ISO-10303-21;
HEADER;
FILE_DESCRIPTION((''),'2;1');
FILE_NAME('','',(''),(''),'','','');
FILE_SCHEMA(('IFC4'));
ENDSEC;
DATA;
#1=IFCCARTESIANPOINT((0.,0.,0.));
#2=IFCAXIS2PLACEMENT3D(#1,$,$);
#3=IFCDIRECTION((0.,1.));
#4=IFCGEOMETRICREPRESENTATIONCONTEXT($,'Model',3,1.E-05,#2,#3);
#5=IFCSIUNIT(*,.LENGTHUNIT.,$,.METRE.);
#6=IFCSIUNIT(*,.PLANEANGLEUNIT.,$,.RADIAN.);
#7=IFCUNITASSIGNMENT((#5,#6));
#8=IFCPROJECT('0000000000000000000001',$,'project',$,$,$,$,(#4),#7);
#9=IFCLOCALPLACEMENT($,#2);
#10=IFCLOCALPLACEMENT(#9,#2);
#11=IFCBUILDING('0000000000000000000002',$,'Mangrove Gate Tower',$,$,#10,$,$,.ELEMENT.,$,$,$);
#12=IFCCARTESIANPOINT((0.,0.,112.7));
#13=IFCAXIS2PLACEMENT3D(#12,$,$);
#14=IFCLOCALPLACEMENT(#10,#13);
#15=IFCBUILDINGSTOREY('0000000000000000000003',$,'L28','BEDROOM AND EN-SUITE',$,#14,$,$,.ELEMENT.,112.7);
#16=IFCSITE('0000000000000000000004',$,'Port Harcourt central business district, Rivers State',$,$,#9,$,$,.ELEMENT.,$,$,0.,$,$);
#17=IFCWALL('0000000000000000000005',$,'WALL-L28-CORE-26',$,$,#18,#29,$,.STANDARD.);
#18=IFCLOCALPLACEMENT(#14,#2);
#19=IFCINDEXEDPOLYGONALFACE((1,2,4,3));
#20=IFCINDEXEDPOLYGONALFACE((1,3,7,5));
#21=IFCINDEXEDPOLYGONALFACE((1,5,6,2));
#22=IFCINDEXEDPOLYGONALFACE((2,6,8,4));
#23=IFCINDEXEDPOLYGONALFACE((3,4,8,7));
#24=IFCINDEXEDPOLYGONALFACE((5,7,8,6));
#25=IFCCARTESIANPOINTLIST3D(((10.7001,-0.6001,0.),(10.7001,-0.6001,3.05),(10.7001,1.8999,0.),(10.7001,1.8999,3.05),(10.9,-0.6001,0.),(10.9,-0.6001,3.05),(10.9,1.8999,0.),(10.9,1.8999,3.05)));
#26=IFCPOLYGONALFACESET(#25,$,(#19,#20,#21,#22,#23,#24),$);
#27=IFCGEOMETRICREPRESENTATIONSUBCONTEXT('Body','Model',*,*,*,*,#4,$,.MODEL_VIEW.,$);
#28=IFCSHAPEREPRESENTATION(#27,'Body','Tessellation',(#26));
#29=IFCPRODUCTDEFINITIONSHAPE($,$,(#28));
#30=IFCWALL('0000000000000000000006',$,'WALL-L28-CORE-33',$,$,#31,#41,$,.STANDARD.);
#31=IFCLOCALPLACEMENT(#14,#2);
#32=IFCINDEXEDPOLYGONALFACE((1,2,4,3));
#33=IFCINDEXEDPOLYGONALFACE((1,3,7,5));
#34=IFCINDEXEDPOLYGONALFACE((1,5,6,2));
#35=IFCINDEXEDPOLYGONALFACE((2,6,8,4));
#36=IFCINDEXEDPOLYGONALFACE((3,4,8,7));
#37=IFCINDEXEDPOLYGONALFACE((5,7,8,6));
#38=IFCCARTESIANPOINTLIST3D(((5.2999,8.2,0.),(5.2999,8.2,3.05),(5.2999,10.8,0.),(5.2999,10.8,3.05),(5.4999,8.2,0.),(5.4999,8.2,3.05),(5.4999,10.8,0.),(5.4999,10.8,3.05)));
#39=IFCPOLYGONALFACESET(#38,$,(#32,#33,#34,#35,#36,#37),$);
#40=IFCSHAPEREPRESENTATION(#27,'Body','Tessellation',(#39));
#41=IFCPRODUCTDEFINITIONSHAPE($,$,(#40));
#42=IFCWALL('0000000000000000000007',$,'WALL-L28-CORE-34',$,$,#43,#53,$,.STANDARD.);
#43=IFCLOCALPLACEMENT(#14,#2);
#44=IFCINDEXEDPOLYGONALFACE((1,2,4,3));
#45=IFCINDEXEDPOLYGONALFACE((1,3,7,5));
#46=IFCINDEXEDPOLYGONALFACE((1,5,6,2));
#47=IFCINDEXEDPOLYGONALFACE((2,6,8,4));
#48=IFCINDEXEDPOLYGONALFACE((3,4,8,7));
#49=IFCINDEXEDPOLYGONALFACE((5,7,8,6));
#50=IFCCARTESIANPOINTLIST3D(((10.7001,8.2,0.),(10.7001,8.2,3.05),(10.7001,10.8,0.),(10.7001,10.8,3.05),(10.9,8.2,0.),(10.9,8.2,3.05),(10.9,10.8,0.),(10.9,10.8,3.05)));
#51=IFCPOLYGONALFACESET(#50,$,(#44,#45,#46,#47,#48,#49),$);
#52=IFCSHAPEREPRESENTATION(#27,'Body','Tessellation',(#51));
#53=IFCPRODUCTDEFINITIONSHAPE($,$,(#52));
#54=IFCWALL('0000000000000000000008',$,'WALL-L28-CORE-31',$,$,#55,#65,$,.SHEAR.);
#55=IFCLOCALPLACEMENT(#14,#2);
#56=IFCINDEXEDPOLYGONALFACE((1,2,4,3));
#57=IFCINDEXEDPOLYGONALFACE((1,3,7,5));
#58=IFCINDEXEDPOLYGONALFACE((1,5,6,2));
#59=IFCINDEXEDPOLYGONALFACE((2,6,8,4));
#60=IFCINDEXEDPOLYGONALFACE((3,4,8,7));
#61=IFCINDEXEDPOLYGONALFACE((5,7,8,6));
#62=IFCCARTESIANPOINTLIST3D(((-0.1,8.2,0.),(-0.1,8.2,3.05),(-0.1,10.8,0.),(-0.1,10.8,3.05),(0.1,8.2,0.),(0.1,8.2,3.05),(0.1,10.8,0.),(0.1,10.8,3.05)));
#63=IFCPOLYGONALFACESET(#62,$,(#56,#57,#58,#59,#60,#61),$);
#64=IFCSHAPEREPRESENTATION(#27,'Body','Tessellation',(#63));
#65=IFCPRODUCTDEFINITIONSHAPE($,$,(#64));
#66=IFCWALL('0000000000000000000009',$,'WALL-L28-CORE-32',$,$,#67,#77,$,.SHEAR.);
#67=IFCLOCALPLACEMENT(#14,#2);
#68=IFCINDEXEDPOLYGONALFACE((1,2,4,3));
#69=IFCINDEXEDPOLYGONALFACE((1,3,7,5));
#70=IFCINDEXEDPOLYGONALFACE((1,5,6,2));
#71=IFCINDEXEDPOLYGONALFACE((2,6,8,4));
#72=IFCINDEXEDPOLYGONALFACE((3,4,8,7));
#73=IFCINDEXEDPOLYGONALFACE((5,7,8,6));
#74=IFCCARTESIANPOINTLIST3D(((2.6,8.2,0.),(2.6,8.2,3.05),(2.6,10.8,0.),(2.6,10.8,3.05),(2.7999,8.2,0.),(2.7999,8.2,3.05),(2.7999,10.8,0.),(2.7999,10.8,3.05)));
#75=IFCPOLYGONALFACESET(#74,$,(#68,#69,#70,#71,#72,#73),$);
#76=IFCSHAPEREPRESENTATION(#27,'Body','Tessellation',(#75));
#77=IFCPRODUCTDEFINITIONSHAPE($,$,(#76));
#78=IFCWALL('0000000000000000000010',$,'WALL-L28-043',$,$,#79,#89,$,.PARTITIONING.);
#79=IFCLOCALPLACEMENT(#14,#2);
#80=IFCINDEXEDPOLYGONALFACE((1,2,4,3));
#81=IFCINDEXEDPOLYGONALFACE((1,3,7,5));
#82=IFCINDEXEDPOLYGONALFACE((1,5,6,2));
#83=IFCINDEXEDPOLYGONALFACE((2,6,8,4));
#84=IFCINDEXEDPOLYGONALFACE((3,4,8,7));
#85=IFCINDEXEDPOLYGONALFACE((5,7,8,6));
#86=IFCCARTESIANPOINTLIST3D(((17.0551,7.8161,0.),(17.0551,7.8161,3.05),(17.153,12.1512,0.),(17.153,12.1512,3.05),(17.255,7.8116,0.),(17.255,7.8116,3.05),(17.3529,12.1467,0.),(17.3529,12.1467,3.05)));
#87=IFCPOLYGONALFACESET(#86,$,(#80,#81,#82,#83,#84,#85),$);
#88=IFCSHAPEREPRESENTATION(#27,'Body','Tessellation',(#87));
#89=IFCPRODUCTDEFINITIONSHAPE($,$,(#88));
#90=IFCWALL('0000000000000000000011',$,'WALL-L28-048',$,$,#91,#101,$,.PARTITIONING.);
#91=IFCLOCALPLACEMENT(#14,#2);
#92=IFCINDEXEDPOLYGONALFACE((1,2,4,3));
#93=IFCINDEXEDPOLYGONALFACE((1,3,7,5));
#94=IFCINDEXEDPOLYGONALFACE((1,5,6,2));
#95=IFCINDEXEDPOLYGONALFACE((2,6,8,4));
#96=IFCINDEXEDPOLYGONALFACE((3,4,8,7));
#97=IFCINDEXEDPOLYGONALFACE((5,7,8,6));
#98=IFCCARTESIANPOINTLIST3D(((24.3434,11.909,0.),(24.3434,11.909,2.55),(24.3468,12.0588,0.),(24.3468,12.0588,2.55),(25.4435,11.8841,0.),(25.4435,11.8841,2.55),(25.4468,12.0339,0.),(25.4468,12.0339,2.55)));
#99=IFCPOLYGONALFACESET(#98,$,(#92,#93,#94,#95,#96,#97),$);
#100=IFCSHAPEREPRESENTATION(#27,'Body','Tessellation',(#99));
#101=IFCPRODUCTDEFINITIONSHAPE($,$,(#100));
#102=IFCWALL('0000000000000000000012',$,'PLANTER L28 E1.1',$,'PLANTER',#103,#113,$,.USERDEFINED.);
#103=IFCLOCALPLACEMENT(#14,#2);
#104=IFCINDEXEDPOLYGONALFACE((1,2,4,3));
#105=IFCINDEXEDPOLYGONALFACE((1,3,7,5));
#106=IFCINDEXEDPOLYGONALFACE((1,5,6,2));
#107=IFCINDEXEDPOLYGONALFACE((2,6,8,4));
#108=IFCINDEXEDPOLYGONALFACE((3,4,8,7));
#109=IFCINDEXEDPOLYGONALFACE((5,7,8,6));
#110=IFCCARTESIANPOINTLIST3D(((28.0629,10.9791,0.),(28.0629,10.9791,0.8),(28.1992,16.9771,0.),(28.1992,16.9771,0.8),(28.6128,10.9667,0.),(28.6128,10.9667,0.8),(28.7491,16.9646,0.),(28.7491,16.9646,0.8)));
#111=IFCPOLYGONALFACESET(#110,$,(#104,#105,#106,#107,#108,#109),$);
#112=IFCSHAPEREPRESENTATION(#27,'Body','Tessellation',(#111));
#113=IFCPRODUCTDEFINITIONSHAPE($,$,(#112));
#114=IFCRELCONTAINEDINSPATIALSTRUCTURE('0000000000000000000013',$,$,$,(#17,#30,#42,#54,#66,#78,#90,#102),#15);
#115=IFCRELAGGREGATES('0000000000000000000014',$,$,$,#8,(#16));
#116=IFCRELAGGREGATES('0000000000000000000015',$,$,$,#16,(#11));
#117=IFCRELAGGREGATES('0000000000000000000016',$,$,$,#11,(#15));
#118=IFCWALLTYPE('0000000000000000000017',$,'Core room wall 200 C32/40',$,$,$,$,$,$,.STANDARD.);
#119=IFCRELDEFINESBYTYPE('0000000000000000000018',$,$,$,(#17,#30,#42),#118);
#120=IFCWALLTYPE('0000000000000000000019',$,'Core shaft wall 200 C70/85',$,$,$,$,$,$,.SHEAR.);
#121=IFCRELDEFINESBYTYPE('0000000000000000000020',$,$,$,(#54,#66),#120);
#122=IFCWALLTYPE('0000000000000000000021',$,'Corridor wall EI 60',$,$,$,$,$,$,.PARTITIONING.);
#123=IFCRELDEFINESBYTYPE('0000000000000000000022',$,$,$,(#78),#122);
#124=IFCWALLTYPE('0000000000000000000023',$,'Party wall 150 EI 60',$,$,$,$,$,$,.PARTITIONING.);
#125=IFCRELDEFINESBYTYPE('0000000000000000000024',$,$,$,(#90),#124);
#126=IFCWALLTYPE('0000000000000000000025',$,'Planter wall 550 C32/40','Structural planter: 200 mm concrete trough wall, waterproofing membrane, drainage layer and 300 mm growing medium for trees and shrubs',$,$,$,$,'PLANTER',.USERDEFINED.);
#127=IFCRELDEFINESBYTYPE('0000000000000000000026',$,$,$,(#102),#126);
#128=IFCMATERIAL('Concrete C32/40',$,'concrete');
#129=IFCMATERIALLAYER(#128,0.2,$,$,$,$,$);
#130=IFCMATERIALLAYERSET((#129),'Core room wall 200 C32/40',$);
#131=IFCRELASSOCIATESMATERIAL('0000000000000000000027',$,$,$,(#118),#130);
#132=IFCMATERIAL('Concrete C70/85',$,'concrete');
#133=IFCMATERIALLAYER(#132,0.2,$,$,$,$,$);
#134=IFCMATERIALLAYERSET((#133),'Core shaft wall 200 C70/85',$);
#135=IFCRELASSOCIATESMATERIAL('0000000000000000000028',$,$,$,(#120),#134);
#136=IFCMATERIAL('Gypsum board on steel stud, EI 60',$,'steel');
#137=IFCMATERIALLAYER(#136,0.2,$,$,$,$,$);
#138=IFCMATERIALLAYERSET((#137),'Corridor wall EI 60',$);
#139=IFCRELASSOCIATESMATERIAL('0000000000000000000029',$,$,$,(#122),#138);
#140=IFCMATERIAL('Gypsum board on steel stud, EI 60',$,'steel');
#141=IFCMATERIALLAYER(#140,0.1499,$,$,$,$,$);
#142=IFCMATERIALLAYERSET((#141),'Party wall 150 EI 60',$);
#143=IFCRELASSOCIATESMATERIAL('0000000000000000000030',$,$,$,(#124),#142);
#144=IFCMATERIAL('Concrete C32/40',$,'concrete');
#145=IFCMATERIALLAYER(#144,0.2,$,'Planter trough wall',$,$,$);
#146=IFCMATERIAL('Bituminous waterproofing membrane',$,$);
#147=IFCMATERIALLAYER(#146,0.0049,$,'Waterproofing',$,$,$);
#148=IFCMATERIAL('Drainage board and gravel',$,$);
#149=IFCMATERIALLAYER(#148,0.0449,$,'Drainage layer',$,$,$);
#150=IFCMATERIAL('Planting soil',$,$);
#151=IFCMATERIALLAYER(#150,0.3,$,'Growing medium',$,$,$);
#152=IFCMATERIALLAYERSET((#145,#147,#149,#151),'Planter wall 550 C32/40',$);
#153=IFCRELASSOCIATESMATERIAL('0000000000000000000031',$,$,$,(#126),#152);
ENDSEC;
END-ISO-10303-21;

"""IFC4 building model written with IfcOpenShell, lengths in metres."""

from ifc_helpers import new_model, si_unit, direction, frame, frame_2d, origin, place, context, subcontext, project, spatial, rectangle, extrude, material, layer, layer_set, type_object, element, save


model = new_model("IFC4")

# Units and contexts
model_context = context("Model", 3, precision=1e-05, world=origin(), true_north=direction((0.0, 1.0)))
body_context = subcontext(model_context, "Body", "Model", "MODEL_VIEW")
ifc_project = project(units=[si_unit("LENGTHUNIT", "METRE"), si_unit("PLANEANGLEUNIT", "RADIAN")], contexts=[model_context])

# Site, building, storey
site_placement = place(None, origin())
site = spatial("IfcSite", under=ifc_project, at=site_placement, Name="Port Harcourt central business district, Rivers State", CompositionType="ELEMENT", RefElevation=0.0)
building_placement = place(site_placement, origin())
building = spatial("IfcBuilding", under=site, at=building_placement, Name="Mangrove Gate Tower", CompositionType="ELEMENT")
storey_placement = place(building_placement, frame((0.0, 0.0, 112.7)))
storey = spatial("IfcBuildingStorey", under=building, at=storey_placement, Name="L28", Description="BEDROOM AND EN-SUITE", CompositionType="ELEMENT", Elevation=112.7)

# Shared definitions
ifc_material_1 = material(Name="Bituminous waterproofing membrane")

# Walls
ifc_material_2 = material(Name="Concrete C32/40", Category="concrete")
ifc_layer_1 = layer(ifc_material_2, 0.2)
ifc_layer_set_1 = layer_set([ifc_layer_1], Name="Core room wall 200 C32/40")
wall_type_1 = type_object("IfcWallType", Name="Core room wall 200 C32/40", PredefinedType="STANDARD", material=ifc_layer_set_1)
wall_1_placement = place(storey_placement, frame((10.8, -0.6001, 0.0), z_axis=(0.0, 0.0, 1.0), x_axis=(0.0, 1.0, 0.0)))
element("IfcWall", 1, at=wall_1_placement, inside=storey, type_object=wall_type_1, Name="WALL-L28-CORE-26", PredefinedType="STANDARD", context=body_context, shape_type="SweptSolid", body=[
    extrude(rectangle(XDim=2.5, YDim=0.2, at=frame_2d((1.25, 0.0))), origin(), (0.0, 0.0, 1.0), 3.05),
])
for number, where, z_axis, x_axis, name in (
    (2, (5.3999, 8.2, 0.0), (0.0, 0.0, 1.0), (0.0, 1.0, 0.0), "WALL-L28-CORE-33"),
    (3, (10.8, 8.2, 0.0), (0.0, 0.0, 1.0), (0.0, 1.0, 0.0), "WALL-L28-CORE-34"),
):
    element("IfcWall", number, at=place(storey_placement, frame(where, z_axis=z_axis, x_axis=x_axis)), inside=storey, type_object=wall_type_1, Name=name, PredefinedType="STANDARD", context=body_context, shape_type="SweptSolid", body=[
        extrude(rectangle(XDim=2.6001, YDim=0.2, at=frame_2d((1.3, 0.0))), origin(), (0.0, 0.0, 1.0), 3.05),
    ])
ifc_material_3 = material(Name="Concrete C70/85", Category="concrete")
ifc_layer_2 = layer(ifc_material_3, 0.2)
ifc_layer_set_2 = layer_set([ifc_layer_2], Name="Core shaft wall 200 C70/85")
wall_type_2 = type_object("IfcWallType", Name="Core shaft wall 200 C70/85", PredefinedType="SHEAR", material=ifc_layer_set_2)
for number, where, z_axis, x_axis, name in (
    (4, (0.0, 8.2, 0.0), (0.0, 0.0, 1.0), (0.0, 1.0, 0.0), "WALL-L28-CORE-31"),
    (5, (2.7, 8.2, 0.0), (0.0, 0.0, 1.0), (0.0, 1.0, 0.0), "WALL-L28-CORE-32"),
):
    element("IfcWall", number, at=place(storey_placement, frame(where, z_axis=z_axis, x_axis=x_axis)), inside=storey, type_object=wall_type_2, Name=name, PredefinedType="SHEAR", context=body_context, shape_type="SweptSolid", body=[
        extrude(rectangle(XDim=2.6001, YDim=0.2, at=frame_2d((1.3, 0.0))), origin(), (0.0, 0.0, 1.0), 3.05),
    ])
ifc_material_4 = material(Name="Gypsum board on steel stud, EI 60", Category="steel")
ifc_layer_3 = layer(ifc_material_4, 0.2)
ifc_layer_set_3 = layer_set([ifc_layer_3], Name="Corridor wall EI 60")
wall_type_3 = type_object("IfcWallType", Name="Corridor wall EI 60", PredefinedType="PARTITIONING", material=ifc_layer_set_3)
wall_2_placement = place(storey_placement, frame((17.155, 7.814, 0.0), z_axis=(0.0, 0.0, 1.0), x_axis=(0.022578, 0.999745, 0.0)))
element("IfcWall", 6, at=wall_2_placement, inside=storey, type_object=wall_type_3, Name="WALL-L28-043", PredefinedType="PARTITIONING", context=body_context, shape_type="SweptSolid", body=[
    extrude(rectangle(XDim=4.3362, YDim=0.2, at=frame_2d((2.168, 0.0))), origin(), (0.0, 0.0, 1.0), 3.05),
])

# Walls
ifc_material_5 = material(Name="Gypsum board on steel stud, EI 60", Category="steel")
ifc_layer_4 = layer(ifc_material_5, 0.1499)
ifc_layer_set_4 = layer_set([ifc_layer_4], Name="Party wall 150 EI 60")
wall_type_4 = type_object("IfcWallType", Name="Party wall 150 EI 60", PredefinedType="PARTITIONING", material=ifc_layer_set_4)
wall_3_placement = place(storey_placement, frame((24.345, 11.9839, 0.0), z_axis=(0.0, 0.0, 1.0), x_axis=(0.999744, -0.022631, 0.0)))
element("IfcWall", 7, at=wall_3_placement, inside=storey, type_object=wall_type_4, Name="WALL-L28-048", PredefinedType="PARTITIONING", context=body_context, shape_type="SweptSolid", body=[
    extrude(rectangle(XDim=1.1003, YDim=0.1499, at=frame_2d((0.5503, 0.0))), origin(), (0.0, 0.0, 1.0), 2.55),
])
ifc_material_6 = material(Name="Concrete C32/40", Category="concrete")
ifc_layer_5 = layer(ifc_material_6, 0.2, Name="Planter trough wall")
ifc_layer_6 = layer(ifc_material_1, 0.0049, Name="Waterproofing")
ifc_material_7 = material(Name="Drainage board and gravel")
ifc_layer_7 = layer(ifc_material_7, 0.0449, Name="Drainage layer")
ifc_material_8 = material(Name="Planting soil")
ifc_layer_8 = layer(ifc_material_8, 0.3, Name="Growing medium")
ifc_layer_set_5 = layer_set([ifc_layer_5, ifc_layer_6, ifc_layer_7, ifc_layer_8], Name="Planter wall 550 C32/40")
wall_type_5 = type_object("IfcWallType", Name="Planter wall 550 C32/40", Description="Structural planter: 200 mm concrete trough wall, waterproofing membrane, drainage layer and 300 mm growing medium for trees and shrubs", ElementType="PLANTER", PredefinedType="USERDEFINED", material=ifc_layer_set_5)
wall_4_placement = place(storey_placement, frame((28.3379, 10.9729, 0.0), z_axis=(0.0, 0.0, 1.0), x_axis=(0.022707, 0.999742, 0.0)))
element("IfcWall", 8, at=wall_4_placement, inside=storey, type_object=wall_type_5, Name="PLANTER L28 E1.1", ObjectType="PLANTER", PredefinedType="USERDEFINED", context=body_context, shape_type="SweptSolid", body=[
    extrude(rectangle(XDim=5.9995, YDim=0.55, at=frame_2d((2.9998, 0.0))), origin(), (0.0, 0.0, 1.0), 0.8),
])

save(model, "model.ifc")
